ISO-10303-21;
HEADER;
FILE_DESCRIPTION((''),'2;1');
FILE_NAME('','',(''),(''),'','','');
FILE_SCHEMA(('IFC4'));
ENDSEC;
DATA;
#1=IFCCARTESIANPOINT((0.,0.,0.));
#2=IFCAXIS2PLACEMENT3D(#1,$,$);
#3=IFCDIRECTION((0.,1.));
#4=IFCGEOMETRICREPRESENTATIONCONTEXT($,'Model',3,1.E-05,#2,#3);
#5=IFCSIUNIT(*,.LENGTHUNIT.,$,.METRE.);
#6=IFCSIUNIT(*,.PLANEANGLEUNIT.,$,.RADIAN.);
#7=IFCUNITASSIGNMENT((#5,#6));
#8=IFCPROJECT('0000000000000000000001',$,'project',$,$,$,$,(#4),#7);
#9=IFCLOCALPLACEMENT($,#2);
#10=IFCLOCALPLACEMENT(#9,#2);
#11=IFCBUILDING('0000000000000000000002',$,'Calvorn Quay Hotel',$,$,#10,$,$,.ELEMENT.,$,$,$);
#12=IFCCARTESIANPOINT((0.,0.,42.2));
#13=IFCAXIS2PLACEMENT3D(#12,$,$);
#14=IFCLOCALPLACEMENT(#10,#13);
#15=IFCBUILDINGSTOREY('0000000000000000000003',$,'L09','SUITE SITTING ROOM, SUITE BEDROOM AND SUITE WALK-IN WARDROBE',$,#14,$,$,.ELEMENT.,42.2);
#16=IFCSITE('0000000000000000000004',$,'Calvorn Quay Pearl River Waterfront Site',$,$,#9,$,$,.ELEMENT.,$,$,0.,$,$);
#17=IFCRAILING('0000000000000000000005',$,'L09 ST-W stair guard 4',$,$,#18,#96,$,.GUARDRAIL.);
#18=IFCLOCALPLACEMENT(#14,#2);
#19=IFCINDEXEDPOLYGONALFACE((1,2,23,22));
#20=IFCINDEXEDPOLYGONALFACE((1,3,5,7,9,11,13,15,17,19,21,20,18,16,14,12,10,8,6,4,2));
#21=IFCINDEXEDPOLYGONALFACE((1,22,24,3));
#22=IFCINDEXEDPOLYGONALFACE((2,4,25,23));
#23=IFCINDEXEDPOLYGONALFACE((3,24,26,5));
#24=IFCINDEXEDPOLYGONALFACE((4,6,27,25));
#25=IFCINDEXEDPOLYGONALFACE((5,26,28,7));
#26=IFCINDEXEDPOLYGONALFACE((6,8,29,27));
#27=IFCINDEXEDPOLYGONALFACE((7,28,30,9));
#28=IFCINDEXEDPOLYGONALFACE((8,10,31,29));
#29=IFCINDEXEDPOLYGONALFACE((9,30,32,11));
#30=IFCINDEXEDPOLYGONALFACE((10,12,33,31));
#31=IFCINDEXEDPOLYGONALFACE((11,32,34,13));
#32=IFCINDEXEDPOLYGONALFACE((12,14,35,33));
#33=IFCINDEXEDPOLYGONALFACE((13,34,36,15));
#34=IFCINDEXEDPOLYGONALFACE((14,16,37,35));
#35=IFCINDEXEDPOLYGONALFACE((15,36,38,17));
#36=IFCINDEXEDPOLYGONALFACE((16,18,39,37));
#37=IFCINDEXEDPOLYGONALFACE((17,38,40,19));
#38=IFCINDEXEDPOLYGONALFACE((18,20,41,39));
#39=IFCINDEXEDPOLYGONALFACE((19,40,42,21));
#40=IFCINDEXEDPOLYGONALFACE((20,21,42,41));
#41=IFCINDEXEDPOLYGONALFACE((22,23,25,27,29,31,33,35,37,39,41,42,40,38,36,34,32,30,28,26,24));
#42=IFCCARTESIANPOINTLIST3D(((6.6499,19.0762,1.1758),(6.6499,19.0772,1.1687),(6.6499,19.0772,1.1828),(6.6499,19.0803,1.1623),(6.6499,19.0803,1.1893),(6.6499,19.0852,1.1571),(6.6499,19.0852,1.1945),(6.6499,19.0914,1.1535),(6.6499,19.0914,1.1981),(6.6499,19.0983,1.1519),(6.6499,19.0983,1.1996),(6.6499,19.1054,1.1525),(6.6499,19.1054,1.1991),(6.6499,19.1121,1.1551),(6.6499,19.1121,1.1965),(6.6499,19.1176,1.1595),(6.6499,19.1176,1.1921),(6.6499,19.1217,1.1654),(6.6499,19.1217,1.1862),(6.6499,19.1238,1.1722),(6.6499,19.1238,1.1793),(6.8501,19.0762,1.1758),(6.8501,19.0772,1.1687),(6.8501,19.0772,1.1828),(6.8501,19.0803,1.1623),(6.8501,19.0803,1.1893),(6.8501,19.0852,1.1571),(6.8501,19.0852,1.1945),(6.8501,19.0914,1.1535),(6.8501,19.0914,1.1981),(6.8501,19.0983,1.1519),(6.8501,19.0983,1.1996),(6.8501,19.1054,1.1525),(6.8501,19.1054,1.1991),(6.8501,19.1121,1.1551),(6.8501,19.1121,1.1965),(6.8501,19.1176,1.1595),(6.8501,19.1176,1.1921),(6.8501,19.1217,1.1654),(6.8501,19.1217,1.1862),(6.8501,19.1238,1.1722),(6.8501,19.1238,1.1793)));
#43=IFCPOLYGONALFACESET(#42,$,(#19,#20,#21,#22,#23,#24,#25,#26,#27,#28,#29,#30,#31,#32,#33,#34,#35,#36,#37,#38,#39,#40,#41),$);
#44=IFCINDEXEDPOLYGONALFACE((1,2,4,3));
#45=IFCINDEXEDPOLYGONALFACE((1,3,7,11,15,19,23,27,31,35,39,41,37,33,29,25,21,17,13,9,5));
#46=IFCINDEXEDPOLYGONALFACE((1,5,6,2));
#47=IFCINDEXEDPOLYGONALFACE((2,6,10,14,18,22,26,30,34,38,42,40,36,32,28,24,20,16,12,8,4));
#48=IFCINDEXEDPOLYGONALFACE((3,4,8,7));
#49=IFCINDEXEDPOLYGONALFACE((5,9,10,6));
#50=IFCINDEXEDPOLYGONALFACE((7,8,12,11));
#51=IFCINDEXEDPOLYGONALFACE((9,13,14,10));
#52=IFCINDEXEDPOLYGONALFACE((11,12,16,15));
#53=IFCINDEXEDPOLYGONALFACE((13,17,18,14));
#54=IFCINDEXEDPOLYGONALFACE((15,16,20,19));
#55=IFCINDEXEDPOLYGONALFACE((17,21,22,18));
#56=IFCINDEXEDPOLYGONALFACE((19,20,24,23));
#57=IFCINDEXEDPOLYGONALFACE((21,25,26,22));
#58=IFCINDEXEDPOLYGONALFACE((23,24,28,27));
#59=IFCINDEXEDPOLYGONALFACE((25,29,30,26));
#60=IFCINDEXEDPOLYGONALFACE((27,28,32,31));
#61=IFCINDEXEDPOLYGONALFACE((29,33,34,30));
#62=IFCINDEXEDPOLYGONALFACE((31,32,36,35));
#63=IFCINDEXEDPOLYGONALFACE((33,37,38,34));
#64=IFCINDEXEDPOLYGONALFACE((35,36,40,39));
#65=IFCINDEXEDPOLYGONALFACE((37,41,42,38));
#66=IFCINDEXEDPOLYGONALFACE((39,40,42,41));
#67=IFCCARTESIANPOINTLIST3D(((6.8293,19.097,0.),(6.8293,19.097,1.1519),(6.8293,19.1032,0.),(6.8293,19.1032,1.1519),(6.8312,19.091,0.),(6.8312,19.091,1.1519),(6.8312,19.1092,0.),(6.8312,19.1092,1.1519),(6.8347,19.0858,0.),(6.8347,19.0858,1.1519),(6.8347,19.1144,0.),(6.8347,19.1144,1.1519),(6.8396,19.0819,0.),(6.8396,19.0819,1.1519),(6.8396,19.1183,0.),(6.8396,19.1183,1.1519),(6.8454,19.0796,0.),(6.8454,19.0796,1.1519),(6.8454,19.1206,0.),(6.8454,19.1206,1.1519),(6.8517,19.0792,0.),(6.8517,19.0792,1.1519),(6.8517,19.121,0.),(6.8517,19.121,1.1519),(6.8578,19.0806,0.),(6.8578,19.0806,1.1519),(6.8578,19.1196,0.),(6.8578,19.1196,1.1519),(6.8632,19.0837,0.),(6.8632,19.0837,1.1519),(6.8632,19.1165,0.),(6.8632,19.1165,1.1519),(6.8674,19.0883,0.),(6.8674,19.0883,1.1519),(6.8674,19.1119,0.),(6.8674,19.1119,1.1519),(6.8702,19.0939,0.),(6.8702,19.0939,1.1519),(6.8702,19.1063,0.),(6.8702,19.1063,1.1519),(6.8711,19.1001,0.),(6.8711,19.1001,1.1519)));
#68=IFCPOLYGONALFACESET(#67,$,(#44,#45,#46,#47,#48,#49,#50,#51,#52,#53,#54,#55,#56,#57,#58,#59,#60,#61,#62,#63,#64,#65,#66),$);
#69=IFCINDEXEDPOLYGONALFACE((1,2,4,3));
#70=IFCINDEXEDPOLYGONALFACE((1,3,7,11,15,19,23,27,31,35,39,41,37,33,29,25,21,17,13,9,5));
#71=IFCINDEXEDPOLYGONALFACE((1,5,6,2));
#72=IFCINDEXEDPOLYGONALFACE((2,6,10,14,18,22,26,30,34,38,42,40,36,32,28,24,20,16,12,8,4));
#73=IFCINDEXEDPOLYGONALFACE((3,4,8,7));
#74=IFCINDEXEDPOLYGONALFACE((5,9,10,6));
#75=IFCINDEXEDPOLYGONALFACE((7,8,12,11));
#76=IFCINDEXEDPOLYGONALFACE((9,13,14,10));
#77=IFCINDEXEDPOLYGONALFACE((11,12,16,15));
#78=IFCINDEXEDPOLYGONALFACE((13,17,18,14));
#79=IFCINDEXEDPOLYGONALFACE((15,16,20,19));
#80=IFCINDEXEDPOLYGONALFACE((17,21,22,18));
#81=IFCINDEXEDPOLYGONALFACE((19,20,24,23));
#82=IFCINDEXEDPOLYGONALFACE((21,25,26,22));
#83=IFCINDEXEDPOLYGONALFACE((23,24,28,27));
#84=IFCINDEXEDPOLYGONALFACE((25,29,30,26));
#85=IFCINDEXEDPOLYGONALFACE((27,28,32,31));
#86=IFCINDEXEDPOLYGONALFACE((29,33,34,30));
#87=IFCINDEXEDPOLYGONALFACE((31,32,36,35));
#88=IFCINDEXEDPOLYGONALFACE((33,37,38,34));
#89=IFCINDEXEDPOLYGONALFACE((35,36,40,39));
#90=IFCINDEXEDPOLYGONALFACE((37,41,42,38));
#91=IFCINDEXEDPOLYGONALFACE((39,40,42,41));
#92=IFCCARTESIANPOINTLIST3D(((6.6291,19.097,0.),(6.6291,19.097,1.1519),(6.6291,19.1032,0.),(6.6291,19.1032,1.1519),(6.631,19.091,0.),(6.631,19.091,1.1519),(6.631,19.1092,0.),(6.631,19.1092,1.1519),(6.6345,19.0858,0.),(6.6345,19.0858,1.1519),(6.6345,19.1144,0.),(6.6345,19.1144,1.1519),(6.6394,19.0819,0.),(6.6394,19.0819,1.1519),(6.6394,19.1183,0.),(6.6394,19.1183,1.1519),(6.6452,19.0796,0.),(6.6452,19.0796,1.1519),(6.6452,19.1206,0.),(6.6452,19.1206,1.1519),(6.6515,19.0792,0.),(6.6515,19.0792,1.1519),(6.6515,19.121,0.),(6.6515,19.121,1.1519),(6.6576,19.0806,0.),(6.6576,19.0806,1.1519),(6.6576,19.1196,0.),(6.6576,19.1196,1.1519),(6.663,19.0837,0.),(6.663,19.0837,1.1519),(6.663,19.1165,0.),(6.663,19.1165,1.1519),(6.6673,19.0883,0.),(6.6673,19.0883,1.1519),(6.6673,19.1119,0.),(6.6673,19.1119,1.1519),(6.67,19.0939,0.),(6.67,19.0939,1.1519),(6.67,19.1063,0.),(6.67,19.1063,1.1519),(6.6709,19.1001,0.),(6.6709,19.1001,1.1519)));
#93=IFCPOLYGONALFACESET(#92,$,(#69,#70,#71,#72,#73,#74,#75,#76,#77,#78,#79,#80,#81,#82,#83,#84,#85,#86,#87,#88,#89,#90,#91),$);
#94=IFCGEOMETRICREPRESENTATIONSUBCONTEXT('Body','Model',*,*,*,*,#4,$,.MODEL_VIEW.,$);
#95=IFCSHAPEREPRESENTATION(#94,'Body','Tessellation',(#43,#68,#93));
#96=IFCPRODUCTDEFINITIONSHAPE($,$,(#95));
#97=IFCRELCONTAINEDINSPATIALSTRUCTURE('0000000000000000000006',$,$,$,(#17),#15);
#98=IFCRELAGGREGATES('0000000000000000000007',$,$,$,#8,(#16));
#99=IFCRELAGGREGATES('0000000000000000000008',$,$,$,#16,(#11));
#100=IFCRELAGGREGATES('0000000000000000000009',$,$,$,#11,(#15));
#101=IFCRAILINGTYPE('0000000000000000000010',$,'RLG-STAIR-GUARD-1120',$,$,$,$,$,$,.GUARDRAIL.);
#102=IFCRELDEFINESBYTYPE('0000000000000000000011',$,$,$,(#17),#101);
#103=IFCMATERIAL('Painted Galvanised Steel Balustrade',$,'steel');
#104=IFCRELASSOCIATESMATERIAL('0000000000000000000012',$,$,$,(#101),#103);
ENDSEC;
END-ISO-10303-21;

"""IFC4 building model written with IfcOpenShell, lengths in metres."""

from ifc_helpers import new_model, si_unit, direction, frame, origin, origin_2d, place, context, subcontext, project, spatial, circle, extrude, material, type_object, element, save


model = new_model("IFC4")

# Units and contexts
model_context = context("Model", 3, precision=1e-05, world=origin(), true_north=direction((0.0, 1.0)))
body_context = subcontext(model_context, "Body", "Model", "MODEL_VIEW")
ifc_project = project(units=[si_unit("LENGTHUNIT", "METRE"), si_unit("PLANEANGLEUNIT", "RADIAN")], contexts=[model_context])

# Site, building, storey
site_placement = place(None, origin())
site = spatial("IfcSite", under=ifc_project, at=site_placement, Name="Calvorn Quay Pearl River Waterfront Site", CompositionType="ELEMENT", RefElevation=0.0)
building_placement = place(site_placement, origin())
building = spatial("IfcBuilding", under=site, at=building_placement, Name="Calvorn Quay Hotel", CompositionType="ELEMENT")
storey_placement = place(building_placement, frame((0.0, 0.0, 42.2)))
storey = spatial("IfcBuildingStorey", under=building, at=storey_placement, Name="L09", Description="SUITE SITTING ROOM, SUITE BEDROOM AND SUITE WALK-IN WARDROBE", CompositionType="ELEMENT", Elevation=42.2)

# Railing
ifc_material_1 = material(Name="Painted Galvanised Steel Balustrade", Category="steel")
railing_type_1 = type_object("IfcRailingType", Name="RLG-STAIR-GUARD-1120", PredefinedType="GUARDRAIL", material=ifc_material_1)
railing_1_placement = place(storey_placement, frame((6.8501, 19.1001, 0.0)))
element("IfcRailing", 1, at=railing_1_placement, inside=storey, type_object=railing_type_1, Name="L09 ST-W stair guard 4", PredefinedType="GUARDRAIL", context=body_context, shape_type="SweptSolid", body=[
    extrude(circle(Radius=0.0239, at=origin_2d()), frame((0.0, 0.0, 1.1758), z_axis=(-1.0, 0.0, 0.0), x_axis=(0.0, -1.0, 0.0)), (0.0, 0.0, 1.0), 0.2002),
    extrude(circle(Radius=0.021, at=origin_2d()), origin(), (0.0, 0.0, 1.0), 1.1519),
    extrude(circle(Radius=0.021, at=origin_2d()), frame((-0.2002, 0.0, 0.0)), (0.0, 0.0, 1.0), 1.1519),
])

save(model, "model.ifc")
